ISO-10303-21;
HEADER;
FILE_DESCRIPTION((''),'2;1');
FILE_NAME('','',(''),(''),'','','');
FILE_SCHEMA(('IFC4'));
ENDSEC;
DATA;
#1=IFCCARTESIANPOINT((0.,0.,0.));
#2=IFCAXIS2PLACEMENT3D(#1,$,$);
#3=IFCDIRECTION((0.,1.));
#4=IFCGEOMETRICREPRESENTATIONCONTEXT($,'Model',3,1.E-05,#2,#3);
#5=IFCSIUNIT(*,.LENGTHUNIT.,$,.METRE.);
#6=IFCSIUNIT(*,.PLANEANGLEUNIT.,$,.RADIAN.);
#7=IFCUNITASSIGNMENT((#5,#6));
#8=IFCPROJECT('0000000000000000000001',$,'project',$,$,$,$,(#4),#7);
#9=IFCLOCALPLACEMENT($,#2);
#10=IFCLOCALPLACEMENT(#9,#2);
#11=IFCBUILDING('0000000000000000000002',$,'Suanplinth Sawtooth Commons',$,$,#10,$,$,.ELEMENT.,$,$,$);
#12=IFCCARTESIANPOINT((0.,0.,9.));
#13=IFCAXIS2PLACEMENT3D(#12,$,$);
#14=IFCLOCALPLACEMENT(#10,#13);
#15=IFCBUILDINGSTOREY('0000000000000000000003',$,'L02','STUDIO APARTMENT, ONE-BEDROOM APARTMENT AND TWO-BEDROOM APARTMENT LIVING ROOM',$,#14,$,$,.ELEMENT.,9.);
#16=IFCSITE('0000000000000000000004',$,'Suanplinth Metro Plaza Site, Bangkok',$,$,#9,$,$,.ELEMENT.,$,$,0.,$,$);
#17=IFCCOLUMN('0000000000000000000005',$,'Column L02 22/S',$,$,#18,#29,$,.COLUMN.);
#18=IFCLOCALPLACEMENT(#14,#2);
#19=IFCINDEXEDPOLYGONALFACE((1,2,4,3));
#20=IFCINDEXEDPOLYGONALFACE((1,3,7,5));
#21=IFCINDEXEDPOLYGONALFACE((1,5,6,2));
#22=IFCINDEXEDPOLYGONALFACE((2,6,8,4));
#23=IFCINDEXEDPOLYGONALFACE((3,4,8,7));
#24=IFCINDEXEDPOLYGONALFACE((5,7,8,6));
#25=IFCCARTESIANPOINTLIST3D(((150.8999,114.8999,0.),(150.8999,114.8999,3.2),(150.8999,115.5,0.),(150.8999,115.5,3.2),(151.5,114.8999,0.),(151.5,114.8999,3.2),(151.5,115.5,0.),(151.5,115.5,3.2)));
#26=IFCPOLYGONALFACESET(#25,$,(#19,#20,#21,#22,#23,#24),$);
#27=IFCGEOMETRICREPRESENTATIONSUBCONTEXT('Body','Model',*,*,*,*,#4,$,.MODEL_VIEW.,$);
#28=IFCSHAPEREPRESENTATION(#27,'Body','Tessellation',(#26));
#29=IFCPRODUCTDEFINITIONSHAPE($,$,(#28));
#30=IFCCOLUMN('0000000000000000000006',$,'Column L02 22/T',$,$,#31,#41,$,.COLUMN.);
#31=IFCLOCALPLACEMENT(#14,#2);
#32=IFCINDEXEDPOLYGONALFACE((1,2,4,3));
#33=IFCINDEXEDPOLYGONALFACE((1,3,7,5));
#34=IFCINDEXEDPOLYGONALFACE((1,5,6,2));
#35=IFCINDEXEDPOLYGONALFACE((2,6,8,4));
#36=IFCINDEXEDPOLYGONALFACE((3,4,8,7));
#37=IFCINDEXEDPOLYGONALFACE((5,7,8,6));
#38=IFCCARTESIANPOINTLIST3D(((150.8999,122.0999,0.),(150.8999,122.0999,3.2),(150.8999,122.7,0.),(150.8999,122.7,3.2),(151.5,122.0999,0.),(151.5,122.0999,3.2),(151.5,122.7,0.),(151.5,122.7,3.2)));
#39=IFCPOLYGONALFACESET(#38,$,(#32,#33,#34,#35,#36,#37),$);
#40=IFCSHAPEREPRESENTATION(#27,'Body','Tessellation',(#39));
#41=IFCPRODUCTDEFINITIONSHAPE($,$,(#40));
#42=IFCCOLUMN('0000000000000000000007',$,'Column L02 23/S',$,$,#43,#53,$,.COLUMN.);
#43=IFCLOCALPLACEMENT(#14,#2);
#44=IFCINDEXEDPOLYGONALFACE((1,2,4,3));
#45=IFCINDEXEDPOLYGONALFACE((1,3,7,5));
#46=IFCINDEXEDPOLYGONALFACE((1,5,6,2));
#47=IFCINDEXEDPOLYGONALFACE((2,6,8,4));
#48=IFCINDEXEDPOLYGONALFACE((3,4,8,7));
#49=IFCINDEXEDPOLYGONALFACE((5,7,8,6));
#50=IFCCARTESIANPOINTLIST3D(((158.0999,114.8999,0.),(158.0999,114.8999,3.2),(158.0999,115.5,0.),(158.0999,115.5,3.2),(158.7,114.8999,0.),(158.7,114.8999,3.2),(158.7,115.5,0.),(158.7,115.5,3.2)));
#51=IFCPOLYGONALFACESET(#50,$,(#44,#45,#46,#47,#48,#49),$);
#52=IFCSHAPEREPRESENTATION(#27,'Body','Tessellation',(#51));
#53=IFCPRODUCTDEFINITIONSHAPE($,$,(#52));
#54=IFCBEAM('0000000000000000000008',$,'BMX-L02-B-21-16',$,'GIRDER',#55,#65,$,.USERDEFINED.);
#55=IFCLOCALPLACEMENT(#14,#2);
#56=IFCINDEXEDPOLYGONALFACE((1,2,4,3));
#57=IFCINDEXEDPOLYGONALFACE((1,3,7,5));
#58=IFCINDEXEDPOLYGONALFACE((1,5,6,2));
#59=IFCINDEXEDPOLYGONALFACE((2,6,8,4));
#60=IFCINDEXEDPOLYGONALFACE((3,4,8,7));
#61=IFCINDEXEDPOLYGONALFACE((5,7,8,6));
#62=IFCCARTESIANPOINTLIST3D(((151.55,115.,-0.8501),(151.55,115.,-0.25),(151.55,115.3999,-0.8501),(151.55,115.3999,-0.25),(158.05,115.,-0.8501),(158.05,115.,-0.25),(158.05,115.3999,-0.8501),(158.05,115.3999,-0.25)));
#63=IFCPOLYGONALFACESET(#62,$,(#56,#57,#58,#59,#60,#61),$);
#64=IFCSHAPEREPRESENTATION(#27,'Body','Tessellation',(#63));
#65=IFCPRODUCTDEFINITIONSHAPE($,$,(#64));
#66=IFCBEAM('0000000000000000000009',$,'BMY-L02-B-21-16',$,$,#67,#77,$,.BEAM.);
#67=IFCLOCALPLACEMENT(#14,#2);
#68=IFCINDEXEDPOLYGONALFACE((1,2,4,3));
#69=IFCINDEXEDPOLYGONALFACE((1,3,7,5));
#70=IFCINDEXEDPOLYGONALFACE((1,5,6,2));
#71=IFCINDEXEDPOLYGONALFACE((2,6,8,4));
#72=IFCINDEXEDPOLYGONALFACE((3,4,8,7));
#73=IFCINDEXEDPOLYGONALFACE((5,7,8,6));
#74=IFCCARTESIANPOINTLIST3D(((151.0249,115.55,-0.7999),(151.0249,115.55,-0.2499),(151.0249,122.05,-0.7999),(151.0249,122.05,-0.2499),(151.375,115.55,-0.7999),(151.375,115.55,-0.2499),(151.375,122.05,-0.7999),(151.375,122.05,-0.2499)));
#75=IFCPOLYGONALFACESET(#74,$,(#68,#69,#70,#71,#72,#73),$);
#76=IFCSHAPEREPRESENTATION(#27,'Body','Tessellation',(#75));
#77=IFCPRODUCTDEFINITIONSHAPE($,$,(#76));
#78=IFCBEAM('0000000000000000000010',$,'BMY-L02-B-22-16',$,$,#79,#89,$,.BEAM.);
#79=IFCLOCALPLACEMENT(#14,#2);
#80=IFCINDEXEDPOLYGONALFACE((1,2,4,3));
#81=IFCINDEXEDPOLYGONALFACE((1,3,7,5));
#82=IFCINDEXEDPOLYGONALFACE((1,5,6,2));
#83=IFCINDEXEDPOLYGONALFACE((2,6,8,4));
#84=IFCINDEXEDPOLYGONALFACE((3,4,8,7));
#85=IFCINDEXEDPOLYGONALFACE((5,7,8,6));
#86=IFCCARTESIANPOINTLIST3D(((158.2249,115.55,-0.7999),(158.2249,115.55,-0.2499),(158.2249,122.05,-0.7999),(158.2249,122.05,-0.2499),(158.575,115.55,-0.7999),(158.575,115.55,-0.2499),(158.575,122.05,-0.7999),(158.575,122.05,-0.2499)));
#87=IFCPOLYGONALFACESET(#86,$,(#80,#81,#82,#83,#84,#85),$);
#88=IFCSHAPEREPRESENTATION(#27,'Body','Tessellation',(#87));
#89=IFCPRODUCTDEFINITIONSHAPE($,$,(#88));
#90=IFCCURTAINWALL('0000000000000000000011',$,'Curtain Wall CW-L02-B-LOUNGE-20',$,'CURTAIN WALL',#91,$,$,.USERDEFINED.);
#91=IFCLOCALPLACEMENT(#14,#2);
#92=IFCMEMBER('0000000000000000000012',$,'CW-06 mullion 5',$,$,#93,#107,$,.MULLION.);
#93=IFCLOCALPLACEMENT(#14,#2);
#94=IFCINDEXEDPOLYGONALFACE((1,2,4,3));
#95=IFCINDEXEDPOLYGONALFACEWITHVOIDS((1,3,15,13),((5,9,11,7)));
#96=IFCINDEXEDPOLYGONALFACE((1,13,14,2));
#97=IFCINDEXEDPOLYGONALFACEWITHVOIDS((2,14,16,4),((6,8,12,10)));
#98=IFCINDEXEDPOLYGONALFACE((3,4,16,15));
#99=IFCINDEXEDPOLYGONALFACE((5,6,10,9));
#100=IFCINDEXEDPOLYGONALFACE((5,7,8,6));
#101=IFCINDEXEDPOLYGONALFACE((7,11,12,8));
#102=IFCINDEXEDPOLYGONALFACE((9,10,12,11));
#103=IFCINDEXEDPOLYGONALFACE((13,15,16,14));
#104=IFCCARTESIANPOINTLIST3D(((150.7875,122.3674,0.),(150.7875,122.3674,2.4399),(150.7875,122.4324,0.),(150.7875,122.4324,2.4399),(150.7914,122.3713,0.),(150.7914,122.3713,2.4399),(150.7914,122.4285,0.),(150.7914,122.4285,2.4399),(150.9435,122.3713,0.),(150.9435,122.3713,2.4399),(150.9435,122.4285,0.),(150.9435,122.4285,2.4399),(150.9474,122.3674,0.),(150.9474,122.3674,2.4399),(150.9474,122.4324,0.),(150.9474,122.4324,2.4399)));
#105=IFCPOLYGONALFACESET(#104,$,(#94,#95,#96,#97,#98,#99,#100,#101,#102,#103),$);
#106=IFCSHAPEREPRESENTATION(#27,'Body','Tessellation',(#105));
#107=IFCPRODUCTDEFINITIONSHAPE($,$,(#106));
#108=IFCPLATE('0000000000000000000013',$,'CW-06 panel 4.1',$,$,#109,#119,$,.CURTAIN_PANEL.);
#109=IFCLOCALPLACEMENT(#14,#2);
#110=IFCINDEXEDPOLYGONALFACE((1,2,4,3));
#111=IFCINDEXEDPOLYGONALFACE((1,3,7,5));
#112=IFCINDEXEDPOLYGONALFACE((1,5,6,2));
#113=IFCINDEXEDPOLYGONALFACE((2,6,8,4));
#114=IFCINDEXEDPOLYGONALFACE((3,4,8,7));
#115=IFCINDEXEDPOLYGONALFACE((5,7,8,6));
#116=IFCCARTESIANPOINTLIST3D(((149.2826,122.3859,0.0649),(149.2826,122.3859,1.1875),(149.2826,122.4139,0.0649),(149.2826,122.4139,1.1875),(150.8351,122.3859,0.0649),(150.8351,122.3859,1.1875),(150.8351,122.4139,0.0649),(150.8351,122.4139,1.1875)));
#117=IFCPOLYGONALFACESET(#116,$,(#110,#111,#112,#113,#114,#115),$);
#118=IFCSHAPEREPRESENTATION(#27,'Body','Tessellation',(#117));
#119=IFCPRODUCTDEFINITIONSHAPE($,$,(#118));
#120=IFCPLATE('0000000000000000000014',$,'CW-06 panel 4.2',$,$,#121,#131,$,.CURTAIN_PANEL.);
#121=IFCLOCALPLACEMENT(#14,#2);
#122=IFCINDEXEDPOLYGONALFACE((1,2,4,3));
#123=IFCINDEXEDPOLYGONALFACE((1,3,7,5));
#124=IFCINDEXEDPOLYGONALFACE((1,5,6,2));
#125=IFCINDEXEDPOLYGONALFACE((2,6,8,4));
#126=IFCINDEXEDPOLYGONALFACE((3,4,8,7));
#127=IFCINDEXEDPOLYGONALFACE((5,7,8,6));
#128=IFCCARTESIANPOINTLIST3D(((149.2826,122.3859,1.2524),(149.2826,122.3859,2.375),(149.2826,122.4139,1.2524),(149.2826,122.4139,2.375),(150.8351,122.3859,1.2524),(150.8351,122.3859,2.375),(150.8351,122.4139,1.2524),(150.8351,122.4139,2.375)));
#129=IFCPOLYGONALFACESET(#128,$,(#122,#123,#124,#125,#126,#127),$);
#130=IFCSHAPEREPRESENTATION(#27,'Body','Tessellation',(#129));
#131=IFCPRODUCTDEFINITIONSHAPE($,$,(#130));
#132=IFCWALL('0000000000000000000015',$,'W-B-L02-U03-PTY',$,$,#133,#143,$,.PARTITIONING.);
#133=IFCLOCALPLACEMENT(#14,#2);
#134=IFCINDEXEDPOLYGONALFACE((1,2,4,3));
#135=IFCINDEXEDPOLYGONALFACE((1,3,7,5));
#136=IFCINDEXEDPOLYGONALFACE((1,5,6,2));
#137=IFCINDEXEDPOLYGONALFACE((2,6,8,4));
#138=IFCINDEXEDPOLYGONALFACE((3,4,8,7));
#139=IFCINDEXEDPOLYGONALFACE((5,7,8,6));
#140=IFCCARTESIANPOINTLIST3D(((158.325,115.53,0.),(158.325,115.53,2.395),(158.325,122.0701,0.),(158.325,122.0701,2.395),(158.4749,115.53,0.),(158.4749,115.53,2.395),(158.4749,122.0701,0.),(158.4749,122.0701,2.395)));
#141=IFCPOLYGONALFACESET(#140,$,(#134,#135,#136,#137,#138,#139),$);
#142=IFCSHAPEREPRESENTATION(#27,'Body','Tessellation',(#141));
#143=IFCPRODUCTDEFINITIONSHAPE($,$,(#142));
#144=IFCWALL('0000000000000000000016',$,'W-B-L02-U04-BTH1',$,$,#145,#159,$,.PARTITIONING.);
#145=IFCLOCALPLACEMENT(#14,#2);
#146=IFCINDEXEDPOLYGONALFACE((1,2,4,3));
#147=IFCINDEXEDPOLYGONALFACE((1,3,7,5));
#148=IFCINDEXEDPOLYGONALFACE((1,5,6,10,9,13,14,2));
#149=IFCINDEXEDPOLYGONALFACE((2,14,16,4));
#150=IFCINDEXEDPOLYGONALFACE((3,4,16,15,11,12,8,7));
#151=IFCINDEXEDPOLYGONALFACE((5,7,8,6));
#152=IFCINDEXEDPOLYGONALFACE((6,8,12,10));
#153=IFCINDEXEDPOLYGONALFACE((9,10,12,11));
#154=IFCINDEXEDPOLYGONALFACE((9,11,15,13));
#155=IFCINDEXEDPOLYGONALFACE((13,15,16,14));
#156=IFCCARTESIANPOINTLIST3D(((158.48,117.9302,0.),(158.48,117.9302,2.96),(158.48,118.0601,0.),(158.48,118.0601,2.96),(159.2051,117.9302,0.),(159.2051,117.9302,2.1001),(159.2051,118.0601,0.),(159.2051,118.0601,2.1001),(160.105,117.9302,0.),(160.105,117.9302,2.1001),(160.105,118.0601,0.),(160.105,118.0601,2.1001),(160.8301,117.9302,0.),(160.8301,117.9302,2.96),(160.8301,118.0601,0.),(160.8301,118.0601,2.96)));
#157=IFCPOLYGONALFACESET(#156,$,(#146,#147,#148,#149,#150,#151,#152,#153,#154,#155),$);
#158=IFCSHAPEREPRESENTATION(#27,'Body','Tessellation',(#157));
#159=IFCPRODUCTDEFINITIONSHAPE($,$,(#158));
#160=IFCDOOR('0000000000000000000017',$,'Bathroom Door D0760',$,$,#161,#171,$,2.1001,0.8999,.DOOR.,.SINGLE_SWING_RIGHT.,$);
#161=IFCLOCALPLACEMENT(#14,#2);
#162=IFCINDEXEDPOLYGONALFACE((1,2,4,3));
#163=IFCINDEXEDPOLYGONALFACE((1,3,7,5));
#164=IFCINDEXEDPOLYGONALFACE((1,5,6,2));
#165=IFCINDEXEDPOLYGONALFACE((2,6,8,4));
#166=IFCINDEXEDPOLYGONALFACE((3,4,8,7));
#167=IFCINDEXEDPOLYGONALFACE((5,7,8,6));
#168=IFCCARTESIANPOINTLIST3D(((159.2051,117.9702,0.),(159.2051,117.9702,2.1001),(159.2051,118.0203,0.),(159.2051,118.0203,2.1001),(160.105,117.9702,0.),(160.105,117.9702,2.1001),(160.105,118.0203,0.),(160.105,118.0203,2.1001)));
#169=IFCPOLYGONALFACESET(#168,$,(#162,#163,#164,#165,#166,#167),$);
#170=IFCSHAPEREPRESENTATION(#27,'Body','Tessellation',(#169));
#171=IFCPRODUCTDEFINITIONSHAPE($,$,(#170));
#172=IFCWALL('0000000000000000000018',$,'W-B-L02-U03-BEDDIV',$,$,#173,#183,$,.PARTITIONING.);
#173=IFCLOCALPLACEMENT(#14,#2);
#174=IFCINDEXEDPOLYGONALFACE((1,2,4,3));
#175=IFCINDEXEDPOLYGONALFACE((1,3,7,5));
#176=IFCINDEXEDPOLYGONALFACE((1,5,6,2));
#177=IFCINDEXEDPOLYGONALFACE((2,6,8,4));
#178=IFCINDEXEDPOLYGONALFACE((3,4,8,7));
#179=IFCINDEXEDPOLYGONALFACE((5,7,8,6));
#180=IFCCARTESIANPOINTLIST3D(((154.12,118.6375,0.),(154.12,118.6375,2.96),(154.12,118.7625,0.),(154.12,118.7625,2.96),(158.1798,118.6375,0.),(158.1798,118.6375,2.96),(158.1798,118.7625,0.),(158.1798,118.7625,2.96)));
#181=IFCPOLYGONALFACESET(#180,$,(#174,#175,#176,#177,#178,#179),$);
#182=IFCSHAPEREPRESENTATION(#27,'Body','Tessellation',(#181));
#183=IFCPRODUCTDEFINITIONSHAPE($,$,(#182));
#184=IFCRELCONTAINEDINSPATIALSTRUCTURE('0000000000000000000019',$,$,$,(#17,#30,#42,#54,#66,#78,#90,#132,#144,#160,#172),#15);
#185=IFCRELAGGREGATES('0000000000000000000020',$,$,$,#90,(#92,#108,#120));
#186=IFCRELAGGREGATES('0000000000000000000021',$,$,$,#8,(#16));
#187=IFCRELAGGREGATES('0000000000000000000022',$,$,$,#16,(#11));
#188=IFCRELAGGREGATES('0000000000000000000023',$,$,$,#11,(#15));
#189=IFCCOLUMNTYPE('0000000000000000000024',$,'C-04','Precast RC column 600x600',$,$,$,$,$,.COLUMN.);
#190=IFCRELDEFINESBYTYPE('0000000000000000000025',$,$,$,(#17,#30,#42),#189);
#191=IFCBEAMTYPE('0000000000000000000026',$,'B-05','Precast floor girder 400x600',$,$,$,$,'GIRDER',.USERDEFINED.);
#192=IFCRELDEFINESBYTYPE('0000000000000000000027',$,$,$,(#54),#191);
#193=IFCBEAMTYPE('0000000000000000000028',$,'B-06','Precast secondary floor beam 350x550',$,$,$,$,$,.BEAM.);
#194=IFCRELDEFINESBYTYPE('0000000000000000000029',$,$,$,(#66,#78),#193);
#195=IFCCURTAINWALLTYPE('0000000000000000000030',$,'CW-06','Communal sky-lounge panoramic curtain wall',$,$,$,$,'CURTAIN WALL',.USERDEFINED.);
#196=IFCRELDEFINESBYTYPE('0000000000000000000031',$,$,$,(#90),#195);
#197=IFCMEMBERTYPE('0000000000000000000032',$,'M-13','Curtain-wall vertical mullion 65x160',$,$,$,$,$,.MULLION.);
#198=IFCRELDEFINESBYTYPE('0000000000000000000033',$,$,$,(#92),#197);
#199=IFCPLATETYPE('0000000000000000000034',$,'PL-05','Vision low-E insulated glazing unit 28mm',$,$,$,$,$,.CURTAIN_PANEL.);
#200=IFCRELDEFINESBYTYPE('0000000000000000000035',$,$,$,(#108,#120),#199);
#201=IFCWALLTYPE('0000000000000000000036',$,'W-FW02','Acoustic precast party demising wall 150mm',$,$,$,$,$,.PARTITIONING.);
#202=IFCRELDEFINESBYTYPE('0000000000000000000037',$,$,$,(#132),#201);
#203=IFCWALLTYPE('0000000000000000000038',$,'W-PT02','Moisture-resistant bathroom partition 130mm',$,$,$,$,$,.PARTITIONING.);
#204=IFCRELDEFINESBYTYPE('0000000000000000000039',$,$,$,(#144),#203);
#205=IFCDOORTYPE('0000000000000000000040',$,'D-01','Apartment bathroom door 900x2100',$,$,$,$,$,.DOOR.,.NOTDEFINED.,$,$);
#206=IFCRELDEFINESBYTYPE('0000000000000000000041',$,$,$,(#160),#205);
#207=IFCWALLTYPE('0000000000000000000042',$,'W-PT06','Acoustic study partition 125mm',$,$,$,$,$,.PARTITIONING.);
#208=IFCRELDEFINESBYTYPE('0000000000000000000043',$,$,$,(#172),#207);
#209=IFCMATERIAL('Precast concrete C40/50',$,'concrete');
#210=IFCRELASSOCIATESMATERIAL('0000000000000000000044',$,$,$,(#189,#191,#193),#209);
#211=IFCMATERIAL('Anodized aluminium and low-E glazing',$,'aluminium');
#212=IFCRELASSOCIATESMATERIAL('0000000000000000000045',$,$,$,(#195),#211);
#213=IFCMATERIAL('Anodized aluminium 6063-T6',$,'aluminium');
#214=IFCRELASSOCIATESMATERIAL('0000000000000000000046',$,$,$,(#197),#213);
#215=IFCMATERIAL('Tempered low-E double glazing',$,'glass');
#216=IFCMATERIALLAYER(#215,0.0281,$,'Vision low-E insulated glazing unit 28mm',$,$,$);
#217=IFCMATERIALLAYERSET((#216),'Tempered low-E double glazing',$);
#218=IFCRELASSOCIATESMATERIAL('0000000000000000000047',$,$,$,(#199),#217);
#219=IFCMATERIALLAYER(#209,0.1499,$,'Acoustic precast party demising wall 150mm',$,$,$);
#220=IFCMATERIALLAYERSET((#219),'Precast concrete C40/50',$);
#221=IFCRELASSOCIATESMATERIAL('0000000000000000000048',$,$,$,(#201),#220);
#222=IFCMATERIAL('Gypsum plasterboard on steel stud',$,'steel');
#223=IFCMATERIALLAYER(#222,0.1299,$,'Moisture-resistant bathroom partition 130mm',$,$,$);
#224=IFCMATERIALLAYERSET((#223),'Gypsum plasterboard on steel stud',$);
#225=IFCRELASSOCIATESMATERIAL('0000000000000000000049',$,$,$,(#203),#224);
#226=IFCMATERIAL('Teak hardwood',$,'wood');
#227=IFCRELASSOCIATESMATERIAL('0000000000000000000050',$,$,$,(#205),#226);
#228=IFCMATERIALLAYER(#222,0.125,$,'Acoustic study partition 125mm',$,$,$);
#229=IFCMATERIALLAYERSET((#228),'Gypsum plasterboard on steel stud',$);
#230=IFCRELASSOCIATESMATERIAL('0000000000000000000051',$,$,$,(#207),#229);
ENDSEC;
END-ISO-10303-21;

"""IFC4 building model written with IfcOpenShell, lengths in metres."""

from ifc_helpers import new_model, si_unit, direction, frame, frame_2d, origin, origin_2d, place, context, subcontext, project, spatial, rectangle, hollow_rectangle, extrude, material, layer, layer_set, material_profile, profile_set, type_object, element, fill, aggregate, save


model = new_model("IFC4")

# Units and contexts
model_context = context("Model", 3, precision=1e-05, world=origin(), true_north=direction((0.0, 1.0)))
body_context = subcontext(model_context, "Body", "Model", "MODEL_VIEW")
ifc_project = project(units=[si_unit("LENGTHUNIT", "METRE"), si_unit("PLANEANGLEUNIT", "RADIAN")], contexts=[model_context])

# Site, building, storey
site_placement = place(None, origin())
site = spatial("IfcSite", under=ifc_project, at=site_placement, Name="Suanplinth Metro Plaza Site, Bangkok", CompositionType="ELEMENT", RefElevation=0.0)
building_placement = place(site_placement, origin())
building = spatial("IfcBuilding", under=site, at=building_placement, Name="Suanplinth Sawtooth Commons", CompositionType="ELEMENT")
storey_placement = place(building_placement, frame((0.0, 0.0, 9.0)))
storey = spatial("IfcBuildingStorey", under=building, at=storey_placement, Name="L02", Description="STUDIO APARTMENT, ONE-BEDROOM APARTMENT AND TWO-BEDROOM APARTMENT LIVING ROOM", CompositionType="ELEMENT", Elevation=9.0)

# Columns
ifc_material_1 = material(Name="Precast concrete C40/50", Category="concrete")
ifc_material_profile_1 = material_profile(ifc_material_1, rectangle(XDim=0.6001, YDim=0.6001, at=origin_2d()), Name="PC-COL 600x600")
ifc_profile_set_1 = profile_set([ifc_material_profile_1], Name="Precast concrete C40/50")
column_type = type_object("IfcColumnType", Name="C-04", Description="Precast RC column 600x600", PredefinedType="COLUMN", material=ifc_profile_set_1)
for number, where, z_axis, x_axis, name in (
    (1, (151.2, 115.2, 0.0), (0.0, 0.0, 1.0), (1.0, 0.0, 0.0), "Column L02 22/S"),
    (2, (151.2, 122.3999, 0.0), (0.0, 0.0, 1.0), (1.0, 0.0, 0.0), "Column L02 22/T"),
    (3, (158.3999, 115.2, 0.0), (0.0, 0.0, 1.0), (1.0, 0.0, 0.0), "Column L02 23/S"),
):
    element("IfcColumn", number, at=place(storey_placement, frame(where, z_axis=z_axis, x_axis=x_axis)), inside=storey, type_object=column_type, Name=name, PredefinedType="COLUMN", context=body_context, shape_type="SweptSolid", body=[
        extrude(rectangle(XDim=0.6001, YDim=0.6001, at=origin_2d()), origin(), (0.0, 0.0, 1.0), 3.2),
    ])

# Beams
ifc_material_profile_2 = material_profile(ifc_material_1, rectangle(XDim=0.3999, YDim=0.6001, at=origin_2d()), Name="PC-GDR 400x600")
ifc_profile_set_2 = profile_set([ifc_material_profile_2], Name="Precast concrete C40/50")
beam_type_1 = type_object("IfcBeamType", Name="B-05", Description="Precast floor girder 400x600", ElementType="GIRDER", PredefinedType="USERDEFINED", material=ifc_profile_set_2)
beam_placement = place(storey_placement, frame((151.55, 115.2, -0.55), z_axis=(1.0, 0.0, 0.0), x_axis=(0.0, 1.0, 0.0)))
element("IfcBeam", 4, at=beam_placement, inside=storey, type_object=beam_type_1, Name="BMX-L02-B-21-16", ObjectType="GIRDER", PredefinedType="USERDEFINED", context=body_context, shape_type="SweptSolid", body=[
    extrude(rectangle(XDim=0.3999, YDim=0.6001, at=origin_2d()), origin(), (0.0, 0.0, 1.0), 6.5),
])
ifc_material_profile_3 = material_profile(ifc_material_1, rectangle(XDim=0.3501, YDim=0.55, at=origin_2d()), Name="PC-BM 350x550")
ifc_profile_set_3 = profile_set([ifc_material_profile_3], Name="Precast concrete C40/50")
beam_type_2 = type_object("IfcBeamType", Name="B-06", Description="Precast secondary floor beam 350x550", PredefinedType="BEAM", material=ifc_profile_set_3)
for number, where, z_axis, x_axis, name in (
    (5, (151.2, 115.55, -0.5249), (0.0, 1.0, 0.0), (-1.0, 0.0, 0.0), "BMY-L02-B-21-16"),
    (6, (158.3999, 115.55, -0.5249), (0.0, 1.0, 0.0), (-1.0, 0.0, 0.0), "BMY-L02-B-22-16"),
):
    element("IfcBeam", number, at=place(storey_placement, frame(where, z_axis=z_axis, x_axis=x_axis)), inside=storey, type_object=beam_type_2, Name=name, PredefinedType="BEAM", context=body_context, shape_type="SweptSolid", body=[
        extrude(rectangle(XDim=0.3501, YDim=0.55, at=origin_2d()), origin(), (0.0, 0.0, 1.0), 6.5),
    ])

# Curtain wall, member, plates
ifc_material_2 = material(Name="Anodized aluminium and low-E glazing", Category="aluminium")
curtain_wall_type = type_object("IfcCurtainWallType", Name="CW-06", Description="Communal sky-lounge panoramic curtain wall", ElementType="CURTAIN WALL", PredefinedType="USERDEFINED", material=ifc_material_2)
curtain_wall_placement = place(storey_placement, origin())
curtain_wall = element("IfcCurtainWall", 7, at=curtain_wall_placement, inside=storey, type_object=curtain_wall_type, Name="Curtain Wall CW-L02-B-LOUNGE-20", ObjectType="CURTAIN WALL", PredefinedType="USERDEFINED")
ifc_material_3 = material(Name="Anodized aluminium 6063-T6", Category="aluminium")
ifc_material_profile_4 = material_profile(ifc_material_3, hollow_rectangle(XDim=0.0649, YDim=0.1599, WallThickness=0.0039, at=origin_2d()), Name="ALU-MUL 65x160")
ifc_profile_set_4 = profile_set([ifc_material_profile_4], Name="Anodized aluminium 6063-T6")
member_type = type_object("IfcMemberType", Name="M-13", Description="Curtain-wall vertical mullion 65x160", PredefinedType="MULLION", material=ifc_profile_set_4)
member_placement = place(storey_placement, frame((150.8674, 122.3999, 0.0), z_axis=(0.0, 0.0, 1.0), x_axis=(0.0, 1.0, 0.0)))
member = element("IfcMember", 8, at=member_placement, type_object=member_type, Name="CW-06 mullion 5", PredefinedType="MULLION", context=body_context, shape_type="SweptSolid", body=[
    extrude(hollow_rectangle(XDim=0.0649, YDim=0.1599, WallThickness=0.0039, at=origin_2d()), origin(), (0.0, 0.0, 1.0), 2.4399),
])
ifc_material_4 = material(Name="Tempered low-E double glazing", Category="glass")
ifc_layer_1 = layer(ifc_material_4, 0.0281, Name="Vision low-E insulated glazing unit 28mm")
ifc_layer_set_1 = layer_set([ifc_layer_1], Name="Tempered low-E double glazing")
plate_type = type_object("IfcPlateType", Name="PL-05", Description="Vision low-E insulated glazing unit 28mm", PredefinedType="CURTAIN_PANEL", material=ifc_layer_set_1)
plate_1_placement = place(storey_placement, frame((150.0588, 122.3999, 0.0649), z_axis=(0.0, 0.0, 1.0), x_axis=(1.0, 0.0, 0.0)))
plate_1 = element("IfcPlate", 9, at=plate_1_placement, type_object=plate_type, Name="CW-06 panel 4.1", PredefinedType="CURTAIN_PANEL", context=body_context, shape_type="SweptSolid", body=[
    extrude(rectangle(XDim=1.5525, YDim=0.0281, at=origin_2d()), origin(), (0.0, 0.0, 1.0), 1.1226),
])
plate_2_placement = place(storey_placement, frame((150.0588, 122.3999, 1.2524), z_axis=(0.0, 0.0, 1.0), x_axis=(1.0, 0.0, 0.0)))
plate_2 = element("IfcPlate", 10, at=plate_2_placement, type_object=plate_type, Name="CW-06 panel 4.2", PredefinedType="CURTAIN_PANEL", context=body_context, shape_type="SweptSolid", body=[
    extrude(rectangle(XDim=1.5525, YDim=0.0281, at=origin_2d()), origin(), (0.0, 0.0, 1.0), 1.1226),
])
aggregate(curtain_wall, [member, plate_1, plate_2])

# Wall
ifc_layer_2 = layer(ifc_material_1, 0.1499, Name="Acoustic precast party demising wall 150mm")
ifc_layer_set_2 = layer_set([ifc_layer_2], Name="Precast concrete C40/50")
wall_type_1 = type_object("IfcWallType", Name="W-FW02", Description="Acoustic precast party demising wall 150mm", PredefinedType="PARTITIONING", material=ifc_layer_set_2)
wall_1_placement = place(storey_placement, frame((158.3999, 115.53, 0.0), z_axis=(0.0, 0.0, 1.0), x_axis=(0.0, 1.0, 0.0)))
element("IfcWall", 11, at=wall_1_placement, inside=storey, type_object=wall_type_1, Name="W-B-L02-U03-PTY", PredefinedType="PARTITIONING", context=body_context, shape_type="SweptSolid", body=[
    extrude(rectangle(XDim=6.54, YDim=0.1499, at=frame_2d((3.27, 0.0))), origin(), (0.0, 0.0, 1.0), 2.395),
])

# Wall, opening, door
ifc_material_5 = material(Name="Gypsum plasterboard on steel stud", Category="steel")
ifc_layer_3 = layer(ifc_material_5, 0.1299, Name="Moisture-resistant bathroom partition 130mm")
ifc_layer_set_3 = layer_set([ifc_layer_3], Name="Gypsum plasterboard on steel stud")
wall_type_2 = type_object("IfcWallType", Name="W-PT02", Description="Moisture-resistant bathroom partition 130mm", PredefinedType="PARTITIONING", material=ifc_layer_set_3)
wall_2_placement = place(storey_placement, frame((158.48, 117.9951, 0.0), z_axis=(0.0, 0.0, 1.0), x_axis=(1.0, 0.0, 0.0)))
wall_2 = element("IfcWall", 12, at=wall_2_placement, inside=storey, type_object=wall_type_2, Name="W-B-L02-U04-BTH1", PredefinedType="PARTITIONING", context=body_context, shape_type="SweptSolid", body=[
    extrude(rectangle(XDim=2.3501, YDim=0.1299, at=frame_2d((1.175, 0.0))), origin(), (0.0, 0.0, 1.0), 2.96),
])
opening_1_placement = place(wall_2_placement, frame((0.7251, 0.0, 0.0)))
opening_1 = element("IfcOpeningElement", 13, at=opening_1_placement, cuts=wall_2, PredefinedType="OPENING", context=body_context, shape_type="SweptSolid", body=[
    extrude(rectangle(XDim=0.8999, YDim=2.1001, at=frame_2d((0.45, 1.05))), frame((0.0, 0.0798, 0.0), z_axis=(0.0, -1.0, 0.0), x_axis=(1.0, 0.0, 0.0)), (0.0, 0.0, 1.0), 0.1597),
])
ifc_material_6 = material(Name="Teak hardwood", Category="wood")
door_type_1 = type_object("IfcDoorType", Name="D-01", Description="Apartment bathroom door 900x2100", OperationType="NOTDEFINED", PredefinedType="DOOR", material=ifc_material_6)
door_1_placement = place(opening_1_placement, frame((0.8999, 0.0, 0.0), z_axis=(0.0, 0.0, 1.0), x_axis=(-1.0, 0.0, 0.0)))
door_1 = element("IfcDoor", 14, at=door_1_placement, inside=storey, type_object=door_type_1, Name="Bathroom Door D0760", OperationType="SINGLE_SWING_RIGHT", OverallHeight=2.1001, OverallWidth=0.8999, PredefinedType="DOOR", context=body_context, shape_type="SweptSolid", body=[
    extrude(rectangle(XDim=0.8999, YDim=2.1001, at=frame_2d((0.45, 1.05))), frame((0.0, 0.0249, 0.0), z_axis=(0.0, -1.0, 0.0), x_axis=(1.0, 0.0, 0.0)), (0.0, 0.0, 1.0), 0.05),
])
fill(opening_1, door_1)

# Wall
ifc_layer_4 = layer(ifc_material_5, 0.125, Name="Acoustic study partition 125mm")
ifc_layer_set_4 = layer_set([ifc_layer_4], Name="Gypsum plasterboard on steel stud")
wall_type_3 = type_object("IfcWallType", Name="W-PT06", Description="Acoustic study partition 125mm", PredefinedType="PARTITIONING", material=ifc_layer_set_4)
wall_3_placement = place(storey_placement, frame((154.1201, 118.7, 0.0), z_axis=(0.0, 0.0, 1.0), x_axis=(1.0, 0.0, 0.0)))
element("IfcWall", 15, at=wall_3_placement, inside=storey, type_object=wall_type_3, Name="W-B-L02-U03-BEDDIV", PredefinedType="PARTITIONING", context=body_context, shape_type="SweptSolid", body=[
    extrude(rectangle(XDim=4.0598, YDim=0.125, at=frame_2d((2.0298, 0.0))), origin(), (0.0, 0.0, 1.0), 2.96),
])

save(model, "model.ifc")
